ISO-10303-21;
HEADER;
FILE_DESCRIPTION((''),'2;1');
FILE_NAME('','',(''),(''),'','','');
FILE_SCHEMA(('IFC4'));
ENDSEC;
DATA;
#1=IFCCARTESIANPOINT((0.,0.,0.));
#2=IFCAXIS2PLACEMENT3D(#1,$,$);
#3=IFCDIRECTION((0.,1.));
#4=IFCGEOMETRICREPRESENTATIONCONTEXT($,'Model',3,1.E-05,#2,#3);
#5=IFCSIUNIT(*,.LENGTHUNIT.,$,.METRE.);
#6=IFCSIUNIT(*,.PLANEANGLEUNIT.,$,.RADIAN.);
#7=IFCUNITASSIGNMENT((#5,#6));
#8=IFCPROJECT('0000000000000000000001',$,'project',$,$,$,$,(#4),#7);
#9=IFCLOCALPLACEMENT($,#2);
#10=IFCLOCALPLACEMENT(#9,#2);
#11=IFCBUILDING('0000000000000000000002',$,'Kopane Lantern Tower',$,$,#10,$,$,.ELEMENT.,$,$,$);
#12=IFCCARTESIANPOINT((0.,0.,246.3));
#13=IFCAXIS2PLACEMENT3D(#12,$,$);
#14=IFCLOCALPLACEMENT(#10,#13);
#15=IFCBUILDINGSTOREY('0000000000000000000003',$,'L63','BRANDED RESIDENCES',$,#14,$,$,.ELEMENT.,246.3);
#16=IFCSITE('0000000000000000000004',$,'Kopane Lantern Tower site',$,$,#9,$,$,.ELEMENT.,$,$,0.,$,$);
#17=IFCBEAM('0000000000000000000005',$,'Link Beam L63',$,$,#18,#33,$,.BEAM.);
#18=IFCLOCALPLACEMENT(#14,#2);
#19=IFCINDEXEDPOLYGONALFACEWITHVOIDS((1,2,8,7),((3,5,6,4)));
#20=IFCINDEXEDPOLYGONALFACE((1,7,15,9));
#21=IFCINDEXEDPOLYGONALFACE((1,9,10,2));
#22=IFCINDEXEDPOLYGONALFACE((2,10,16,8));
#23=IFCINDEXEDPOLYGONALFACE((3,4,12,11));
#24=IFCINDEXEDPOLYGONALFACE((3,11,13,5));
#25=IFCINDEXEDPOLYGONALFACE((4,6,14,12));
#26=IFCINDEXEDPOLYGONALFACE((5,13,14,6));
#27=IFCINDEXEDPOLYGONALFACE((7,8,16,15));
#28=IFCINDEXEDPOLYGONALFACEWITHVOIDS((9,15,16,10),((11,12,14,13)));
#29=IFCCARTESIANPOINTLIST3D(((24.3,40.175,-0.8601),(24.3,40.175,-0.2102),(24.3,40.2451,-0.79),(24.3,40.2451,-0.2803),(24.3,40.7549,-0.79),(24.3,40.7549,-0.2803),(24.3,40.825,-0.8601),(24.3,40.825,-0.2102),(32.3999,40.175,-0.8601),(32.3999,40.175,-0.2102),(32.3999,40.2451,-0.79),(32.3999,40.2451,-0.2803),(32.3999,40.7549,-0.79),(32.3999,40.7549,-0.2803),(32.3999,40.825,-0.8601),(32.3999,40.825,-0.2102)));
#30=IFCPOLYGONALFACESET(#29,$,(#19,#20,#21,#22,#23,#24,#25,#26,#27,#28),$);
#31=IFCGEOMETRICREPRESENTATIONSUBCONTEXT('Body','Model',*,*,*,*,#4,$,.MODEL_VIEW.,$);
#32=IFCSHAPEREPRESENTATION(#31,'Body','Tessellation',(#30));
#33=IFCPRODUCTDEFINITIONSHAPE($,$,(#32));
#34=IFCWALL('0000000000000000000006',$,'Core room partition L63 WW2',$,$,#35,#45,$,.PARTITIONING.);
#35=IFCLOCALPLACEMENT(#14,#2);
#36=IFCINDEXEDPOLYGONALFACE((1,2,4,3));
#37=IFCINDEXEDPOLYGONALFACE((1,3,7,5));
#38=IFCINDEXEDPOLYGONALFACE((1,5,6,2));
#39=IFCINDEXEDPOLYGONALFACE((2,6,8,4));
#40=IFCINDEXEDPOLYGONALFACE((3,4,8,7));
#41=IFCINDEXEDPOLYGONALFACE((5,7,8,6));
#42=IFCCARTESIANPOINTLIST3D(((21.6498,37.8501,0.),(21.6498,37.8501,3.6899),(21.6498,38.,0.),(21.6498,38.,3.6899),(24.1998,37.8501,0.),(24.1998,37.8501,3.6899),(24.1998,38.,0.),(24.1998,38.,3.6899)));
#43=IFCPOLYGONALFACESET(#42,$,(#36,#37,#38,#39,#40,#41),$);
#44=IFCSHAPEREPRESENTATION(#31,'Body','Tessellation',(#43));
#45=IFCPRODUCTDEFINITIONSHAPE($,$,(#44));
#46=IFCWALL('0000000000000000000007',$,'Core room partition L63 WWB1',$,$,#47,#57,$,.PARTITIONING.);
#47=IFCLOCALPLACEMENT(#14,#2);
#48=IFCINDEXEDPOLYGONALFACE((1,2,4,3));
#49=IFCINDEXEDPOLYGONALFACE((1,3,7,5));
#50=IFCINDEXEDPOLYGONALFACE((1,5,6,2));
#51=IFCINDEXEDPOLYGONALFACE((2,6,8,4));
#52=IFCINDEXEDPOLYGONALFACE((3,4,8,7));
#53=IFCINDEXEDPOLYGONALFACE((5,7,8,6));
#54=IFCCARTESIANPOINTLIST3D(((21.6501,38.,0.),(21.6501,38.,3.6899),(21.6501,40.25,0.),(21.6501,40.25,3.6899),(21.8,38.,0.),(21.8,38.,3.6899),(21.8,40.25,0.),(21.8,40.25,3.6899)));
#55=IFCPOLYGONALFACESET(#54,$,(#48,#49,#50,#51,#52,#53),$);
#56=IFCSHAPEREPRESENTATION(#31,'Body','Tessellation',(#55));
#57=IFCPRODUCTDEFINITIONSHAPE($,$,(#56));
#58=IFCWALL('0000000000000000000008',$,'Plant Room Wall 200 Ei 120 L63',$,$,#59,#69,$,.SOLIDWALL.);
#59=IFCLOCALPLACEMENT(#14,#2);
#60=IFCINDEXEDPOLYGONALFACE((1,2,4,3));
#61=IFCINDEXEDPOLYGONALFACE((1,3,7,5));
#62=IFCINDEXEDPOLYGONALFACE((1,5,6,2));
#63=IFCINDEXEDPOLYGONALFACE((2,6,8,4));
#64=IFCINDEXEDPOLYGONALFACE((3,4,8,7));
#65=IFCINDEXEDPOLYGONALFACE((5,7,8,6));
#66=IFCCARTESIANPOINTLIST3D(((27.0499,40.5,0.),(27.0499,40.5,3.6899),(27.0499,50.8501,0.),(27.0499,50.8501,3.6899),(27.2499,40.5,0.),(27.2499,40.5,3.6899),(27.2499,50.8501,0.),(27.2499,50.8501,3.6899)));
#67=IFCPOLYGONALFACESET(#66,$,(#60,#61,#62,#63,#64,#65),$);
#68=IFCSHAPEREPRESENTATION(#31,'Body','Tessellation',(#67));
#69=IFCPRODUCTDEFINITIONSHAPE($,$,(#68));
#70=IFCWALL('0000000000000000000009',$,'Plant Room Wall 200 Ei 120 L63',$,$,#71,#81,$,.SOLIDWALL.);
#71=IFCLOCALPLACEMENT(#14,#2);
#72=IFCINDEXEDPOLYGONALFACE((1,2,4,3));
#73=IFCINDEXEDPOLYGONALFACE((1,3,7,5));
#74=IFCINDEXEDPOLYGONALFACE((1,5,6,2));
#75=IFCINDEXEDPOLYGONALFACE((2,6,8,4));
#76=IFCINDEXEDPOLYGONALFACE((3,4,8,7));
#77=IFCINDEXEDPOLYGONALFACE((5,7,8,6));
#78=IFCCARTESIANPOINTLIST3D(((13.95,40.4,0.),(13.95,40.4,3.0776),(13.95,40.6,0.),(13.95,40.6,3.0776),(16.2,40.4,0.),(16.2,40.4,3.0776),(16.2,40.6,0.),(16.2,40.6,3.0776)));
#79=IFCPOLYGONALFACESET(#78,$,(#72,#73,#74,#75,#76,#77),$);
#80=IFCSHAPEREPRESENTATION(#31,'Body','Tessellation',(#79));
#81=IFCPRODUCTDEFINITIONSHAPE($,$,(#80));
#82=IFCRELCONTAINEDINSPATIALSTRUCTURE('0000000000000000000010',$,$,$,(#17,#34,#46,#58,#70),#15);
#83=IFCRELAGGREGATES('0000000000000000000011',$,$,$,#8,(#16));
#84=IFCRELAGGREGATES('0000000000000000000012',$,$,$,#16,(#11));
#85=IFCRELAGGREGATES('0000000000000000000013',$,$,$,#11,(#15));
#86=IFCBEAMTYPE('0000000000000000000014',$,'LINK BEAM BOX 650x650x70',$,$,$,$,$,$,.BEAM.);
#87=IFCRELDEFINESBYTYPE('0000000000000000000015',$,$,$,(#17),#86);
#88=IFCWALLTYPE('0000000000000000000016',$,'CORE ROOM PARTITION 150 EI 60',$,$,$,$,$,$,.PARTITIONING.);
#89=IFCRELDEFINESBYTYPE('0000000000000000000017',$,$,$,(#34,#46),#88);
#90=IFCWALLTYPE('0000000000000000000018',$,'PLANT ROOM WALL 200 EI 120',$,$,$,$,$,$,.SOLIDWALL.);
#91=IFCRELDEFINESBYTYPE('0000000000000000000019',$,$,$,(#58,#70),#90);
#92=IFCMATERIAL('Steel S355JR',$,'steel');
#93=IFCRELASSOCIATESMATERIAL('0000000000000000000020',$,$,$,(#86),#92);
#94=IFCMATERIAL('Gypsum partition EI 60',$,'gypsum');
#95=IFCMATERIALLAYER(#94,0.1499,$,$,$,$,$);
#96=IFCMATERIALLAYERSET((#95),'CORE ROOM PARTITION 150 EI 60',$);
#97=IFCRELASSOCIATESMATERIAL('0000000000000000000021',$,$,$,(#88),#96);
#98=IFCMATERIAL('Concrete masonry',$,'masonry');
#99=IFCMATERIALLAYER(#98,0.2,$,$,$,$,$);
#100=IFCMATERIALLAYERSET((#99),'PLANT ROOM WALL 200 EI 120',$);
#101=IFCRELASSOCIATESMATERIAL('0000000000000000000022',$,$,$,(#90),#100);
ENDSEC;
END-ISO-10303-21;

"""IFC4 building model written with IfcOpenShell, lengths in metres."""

from ifc_helpers import new_model, si_unit, direction, frame, frame_2d, origin, origin_2d, place, context, subcontext, project, spatial, rectangle, hollow_rectangle, extrude, material, layer, layer_set, material_profile, profile_set, type_object, element, save


model = new_model("IFC4")

# Units and contexts
model_context = context("Model", 3, precision=1e-05, world=origin(), true_north=direction((0.0, 1.0)))
body_context = subcontext(model_context, "Body", "Model", "MODEL_VIEW")
ifc_project = project(units=[si_unit("LENGTHUNIT", "METRE"), si_unit("PLANEANGLEUNIT", "RADIAN")], contexts=[model_context])

# Site, building, storey
site_placement = place(None, origin())
site = spatial("IfcSite", under=ifc_project, at=site_placement, Name="Kopane Lantern Tower site", CompositionType="ELEMENT", RefElevation=0.0)
building_placement = place(site_placement, origin())
building = spatial("IfcBuilding", under=site, at=building_placement, Name="Kopane Lantern Tower", CompositionType="ELEMENT")
storey_placement = place(building_placement, frame((0.0, 0.0, 246.3)))
storey = spatial("IfcBuildingStorey", under=building, at=storey_placement, Name="L63", Description="BRANDED RESIDENCES", CompositionType="ELEMENT", Elevation=246.3)

# Beam
ifc_material_1 = material(Name="Steel S355JR", Category="steel")
ifc_material_profile_1 = material_profile(ifc_material_1, hollow_rectangle(XDim=0.6499, YDim=0.6499, WallThickness=0.0701, at=origin_2d()), Name="BOX 650x650x70")
ifc_profile_set_1 = profile_set([ifc_material_profile_1], Name="Steel S355JR")
beam_type_1 = type_object("IfcBeamType", Name="LINK BEAM BOX 650x650x70", PredefinedType="BEAM", material=ifc_profile_set_1)
beam_1_placement = place(storey_placement, frame((24.3, 40.5, -0.5352), z_axis=(1.0, 0.0, 0.0), x_axis=(0.0, 1.0, 0.0)))
element("IfcBeam", 1, at=beam_1_placement, inside=storey, type_object=beam_type_1, Name="Link Beam L63", PredefinedType="BEAM", context=body_context, shape_type="SweptSolid", body=[
    extrude(hollow_rectangle(XDim=0.6499, YDim=0.6499, WallThickness=0.0701, at=origin_2d()), origin(), (0.0, 0.0, 1.0), 8.0999),
])

# Walls
ifc_material_2 = material(Name="Gypsum partition EI 60", Category="gypsum")
ifc_layer_1 = layer(ifc_material_2, 0.1499)
ifc_layer_set_1 = layer_set([ifc_layer_1], Name="CORE ROOM PARTITION 150 EI 60")
wall_type_1 = type_object("IfcWallType", Name="CORE ROOM PARTITION 150 EI 60", PredefinedType="PARTITIONING", material=ifc_layer_set_1)
wall_1_placement = place(storey_placement, frame((21.6499, 37.925, 0.0), z_axis=(0.0, 0.0, 1.0), x_axis=(1.0, 0.0, 0.0)))
element("IfcWall", 2, at=wall_1_placement, inside=storey, type_object=wall_type_1, Name="Core room partition L63 WW2", PredefinedType="PARTITIONING", context=body_context, shape_type="SweptSolid", body=[
    extrude(rectangle(XDim=2.55, YDim=0.1499, at=frame_2d((1.2749, 0.0))), origin(), (0.0, 0.0, 1.0), 3.6899),
])
wall_2_placement = place(storey_placement, frame((21.7251, 38.0, 0.0), z_axis=(0.0, 0.0, 1.0), x_axis=(0.0, 1.0, 0.0)))
element("IfcWall", 3, at=wall_2_placement, inside=storey, type_object=wall_type_1, Name="Core room partition L63 WWB1", PredefinedType="PARTITIONING", context=body_context, shape_type="SweptSolid", body=[
    extrude(rectangle(XDim=2.25, YDim=0.1499, at=frame_2d((1.125, 0.0))), origin(), (0.0, 0.0, 1.0), 3.6899),
])
ifc_material_3 = material(Name="Concrete masonry", Category="masonry")
ifc_layer_2 = layer(ifc_material_3, 0.2)
ifc_layer_set_2 = layer_set([ifc_layer_2], Name="PLANT ROOM WALL 200 EI 120")
wall_type_2 = type_object("IfcWallType", Name="PLANT ROOM WALL 200 EI 120", PredefinedType="SOLIDWALL", material=ifc_layer_set_2)
wall_3_placement = place(storey_placement, frame((27.1499, 40.5, 0.0), z_axis=(0.0, 0.0, 1.0), x_axis=(0.0, 1.0, 0.0)))
element("IfcWall", 4, at=wall_3_placement, inside=storey, type_object=wall_type_2, Name="Plant Room Wall 200 Ei 120 L63", PredefinedType="SOLIDWALL", context=body_context, shape_type="SweptSolid", body=[
    extrude(rectangle(XDim=10.3501, YDim=0.2, at=frame_2d((5.175, 0.0))), origin(), (0.0, 0.0, 1.0), 3.6899),
])
wall_4_placement = place(storey_placement, frame((13.95, 40.5, 0.0), z_axis=(0.0, 0.0, 1.0), x_axis=(1.0, 0.0, 0.0)))
element("IfcWall", 5, at=wall_4_placement, inside=storey, type_object=wall_type_2, Name="Plant Room Wall 200 Ei 120 L63", PredefinedType="SOLIDWALL", context=body_context, shape_type="SweptSolid", body=[
    extrude(rectangle(XDim=2.25, YDim=0.2, at=frame_2d((1.125, 0.0))), origin(), (0.0, 0.0, 1.0), 3.0776),
])

save(model, "model.ifc")
